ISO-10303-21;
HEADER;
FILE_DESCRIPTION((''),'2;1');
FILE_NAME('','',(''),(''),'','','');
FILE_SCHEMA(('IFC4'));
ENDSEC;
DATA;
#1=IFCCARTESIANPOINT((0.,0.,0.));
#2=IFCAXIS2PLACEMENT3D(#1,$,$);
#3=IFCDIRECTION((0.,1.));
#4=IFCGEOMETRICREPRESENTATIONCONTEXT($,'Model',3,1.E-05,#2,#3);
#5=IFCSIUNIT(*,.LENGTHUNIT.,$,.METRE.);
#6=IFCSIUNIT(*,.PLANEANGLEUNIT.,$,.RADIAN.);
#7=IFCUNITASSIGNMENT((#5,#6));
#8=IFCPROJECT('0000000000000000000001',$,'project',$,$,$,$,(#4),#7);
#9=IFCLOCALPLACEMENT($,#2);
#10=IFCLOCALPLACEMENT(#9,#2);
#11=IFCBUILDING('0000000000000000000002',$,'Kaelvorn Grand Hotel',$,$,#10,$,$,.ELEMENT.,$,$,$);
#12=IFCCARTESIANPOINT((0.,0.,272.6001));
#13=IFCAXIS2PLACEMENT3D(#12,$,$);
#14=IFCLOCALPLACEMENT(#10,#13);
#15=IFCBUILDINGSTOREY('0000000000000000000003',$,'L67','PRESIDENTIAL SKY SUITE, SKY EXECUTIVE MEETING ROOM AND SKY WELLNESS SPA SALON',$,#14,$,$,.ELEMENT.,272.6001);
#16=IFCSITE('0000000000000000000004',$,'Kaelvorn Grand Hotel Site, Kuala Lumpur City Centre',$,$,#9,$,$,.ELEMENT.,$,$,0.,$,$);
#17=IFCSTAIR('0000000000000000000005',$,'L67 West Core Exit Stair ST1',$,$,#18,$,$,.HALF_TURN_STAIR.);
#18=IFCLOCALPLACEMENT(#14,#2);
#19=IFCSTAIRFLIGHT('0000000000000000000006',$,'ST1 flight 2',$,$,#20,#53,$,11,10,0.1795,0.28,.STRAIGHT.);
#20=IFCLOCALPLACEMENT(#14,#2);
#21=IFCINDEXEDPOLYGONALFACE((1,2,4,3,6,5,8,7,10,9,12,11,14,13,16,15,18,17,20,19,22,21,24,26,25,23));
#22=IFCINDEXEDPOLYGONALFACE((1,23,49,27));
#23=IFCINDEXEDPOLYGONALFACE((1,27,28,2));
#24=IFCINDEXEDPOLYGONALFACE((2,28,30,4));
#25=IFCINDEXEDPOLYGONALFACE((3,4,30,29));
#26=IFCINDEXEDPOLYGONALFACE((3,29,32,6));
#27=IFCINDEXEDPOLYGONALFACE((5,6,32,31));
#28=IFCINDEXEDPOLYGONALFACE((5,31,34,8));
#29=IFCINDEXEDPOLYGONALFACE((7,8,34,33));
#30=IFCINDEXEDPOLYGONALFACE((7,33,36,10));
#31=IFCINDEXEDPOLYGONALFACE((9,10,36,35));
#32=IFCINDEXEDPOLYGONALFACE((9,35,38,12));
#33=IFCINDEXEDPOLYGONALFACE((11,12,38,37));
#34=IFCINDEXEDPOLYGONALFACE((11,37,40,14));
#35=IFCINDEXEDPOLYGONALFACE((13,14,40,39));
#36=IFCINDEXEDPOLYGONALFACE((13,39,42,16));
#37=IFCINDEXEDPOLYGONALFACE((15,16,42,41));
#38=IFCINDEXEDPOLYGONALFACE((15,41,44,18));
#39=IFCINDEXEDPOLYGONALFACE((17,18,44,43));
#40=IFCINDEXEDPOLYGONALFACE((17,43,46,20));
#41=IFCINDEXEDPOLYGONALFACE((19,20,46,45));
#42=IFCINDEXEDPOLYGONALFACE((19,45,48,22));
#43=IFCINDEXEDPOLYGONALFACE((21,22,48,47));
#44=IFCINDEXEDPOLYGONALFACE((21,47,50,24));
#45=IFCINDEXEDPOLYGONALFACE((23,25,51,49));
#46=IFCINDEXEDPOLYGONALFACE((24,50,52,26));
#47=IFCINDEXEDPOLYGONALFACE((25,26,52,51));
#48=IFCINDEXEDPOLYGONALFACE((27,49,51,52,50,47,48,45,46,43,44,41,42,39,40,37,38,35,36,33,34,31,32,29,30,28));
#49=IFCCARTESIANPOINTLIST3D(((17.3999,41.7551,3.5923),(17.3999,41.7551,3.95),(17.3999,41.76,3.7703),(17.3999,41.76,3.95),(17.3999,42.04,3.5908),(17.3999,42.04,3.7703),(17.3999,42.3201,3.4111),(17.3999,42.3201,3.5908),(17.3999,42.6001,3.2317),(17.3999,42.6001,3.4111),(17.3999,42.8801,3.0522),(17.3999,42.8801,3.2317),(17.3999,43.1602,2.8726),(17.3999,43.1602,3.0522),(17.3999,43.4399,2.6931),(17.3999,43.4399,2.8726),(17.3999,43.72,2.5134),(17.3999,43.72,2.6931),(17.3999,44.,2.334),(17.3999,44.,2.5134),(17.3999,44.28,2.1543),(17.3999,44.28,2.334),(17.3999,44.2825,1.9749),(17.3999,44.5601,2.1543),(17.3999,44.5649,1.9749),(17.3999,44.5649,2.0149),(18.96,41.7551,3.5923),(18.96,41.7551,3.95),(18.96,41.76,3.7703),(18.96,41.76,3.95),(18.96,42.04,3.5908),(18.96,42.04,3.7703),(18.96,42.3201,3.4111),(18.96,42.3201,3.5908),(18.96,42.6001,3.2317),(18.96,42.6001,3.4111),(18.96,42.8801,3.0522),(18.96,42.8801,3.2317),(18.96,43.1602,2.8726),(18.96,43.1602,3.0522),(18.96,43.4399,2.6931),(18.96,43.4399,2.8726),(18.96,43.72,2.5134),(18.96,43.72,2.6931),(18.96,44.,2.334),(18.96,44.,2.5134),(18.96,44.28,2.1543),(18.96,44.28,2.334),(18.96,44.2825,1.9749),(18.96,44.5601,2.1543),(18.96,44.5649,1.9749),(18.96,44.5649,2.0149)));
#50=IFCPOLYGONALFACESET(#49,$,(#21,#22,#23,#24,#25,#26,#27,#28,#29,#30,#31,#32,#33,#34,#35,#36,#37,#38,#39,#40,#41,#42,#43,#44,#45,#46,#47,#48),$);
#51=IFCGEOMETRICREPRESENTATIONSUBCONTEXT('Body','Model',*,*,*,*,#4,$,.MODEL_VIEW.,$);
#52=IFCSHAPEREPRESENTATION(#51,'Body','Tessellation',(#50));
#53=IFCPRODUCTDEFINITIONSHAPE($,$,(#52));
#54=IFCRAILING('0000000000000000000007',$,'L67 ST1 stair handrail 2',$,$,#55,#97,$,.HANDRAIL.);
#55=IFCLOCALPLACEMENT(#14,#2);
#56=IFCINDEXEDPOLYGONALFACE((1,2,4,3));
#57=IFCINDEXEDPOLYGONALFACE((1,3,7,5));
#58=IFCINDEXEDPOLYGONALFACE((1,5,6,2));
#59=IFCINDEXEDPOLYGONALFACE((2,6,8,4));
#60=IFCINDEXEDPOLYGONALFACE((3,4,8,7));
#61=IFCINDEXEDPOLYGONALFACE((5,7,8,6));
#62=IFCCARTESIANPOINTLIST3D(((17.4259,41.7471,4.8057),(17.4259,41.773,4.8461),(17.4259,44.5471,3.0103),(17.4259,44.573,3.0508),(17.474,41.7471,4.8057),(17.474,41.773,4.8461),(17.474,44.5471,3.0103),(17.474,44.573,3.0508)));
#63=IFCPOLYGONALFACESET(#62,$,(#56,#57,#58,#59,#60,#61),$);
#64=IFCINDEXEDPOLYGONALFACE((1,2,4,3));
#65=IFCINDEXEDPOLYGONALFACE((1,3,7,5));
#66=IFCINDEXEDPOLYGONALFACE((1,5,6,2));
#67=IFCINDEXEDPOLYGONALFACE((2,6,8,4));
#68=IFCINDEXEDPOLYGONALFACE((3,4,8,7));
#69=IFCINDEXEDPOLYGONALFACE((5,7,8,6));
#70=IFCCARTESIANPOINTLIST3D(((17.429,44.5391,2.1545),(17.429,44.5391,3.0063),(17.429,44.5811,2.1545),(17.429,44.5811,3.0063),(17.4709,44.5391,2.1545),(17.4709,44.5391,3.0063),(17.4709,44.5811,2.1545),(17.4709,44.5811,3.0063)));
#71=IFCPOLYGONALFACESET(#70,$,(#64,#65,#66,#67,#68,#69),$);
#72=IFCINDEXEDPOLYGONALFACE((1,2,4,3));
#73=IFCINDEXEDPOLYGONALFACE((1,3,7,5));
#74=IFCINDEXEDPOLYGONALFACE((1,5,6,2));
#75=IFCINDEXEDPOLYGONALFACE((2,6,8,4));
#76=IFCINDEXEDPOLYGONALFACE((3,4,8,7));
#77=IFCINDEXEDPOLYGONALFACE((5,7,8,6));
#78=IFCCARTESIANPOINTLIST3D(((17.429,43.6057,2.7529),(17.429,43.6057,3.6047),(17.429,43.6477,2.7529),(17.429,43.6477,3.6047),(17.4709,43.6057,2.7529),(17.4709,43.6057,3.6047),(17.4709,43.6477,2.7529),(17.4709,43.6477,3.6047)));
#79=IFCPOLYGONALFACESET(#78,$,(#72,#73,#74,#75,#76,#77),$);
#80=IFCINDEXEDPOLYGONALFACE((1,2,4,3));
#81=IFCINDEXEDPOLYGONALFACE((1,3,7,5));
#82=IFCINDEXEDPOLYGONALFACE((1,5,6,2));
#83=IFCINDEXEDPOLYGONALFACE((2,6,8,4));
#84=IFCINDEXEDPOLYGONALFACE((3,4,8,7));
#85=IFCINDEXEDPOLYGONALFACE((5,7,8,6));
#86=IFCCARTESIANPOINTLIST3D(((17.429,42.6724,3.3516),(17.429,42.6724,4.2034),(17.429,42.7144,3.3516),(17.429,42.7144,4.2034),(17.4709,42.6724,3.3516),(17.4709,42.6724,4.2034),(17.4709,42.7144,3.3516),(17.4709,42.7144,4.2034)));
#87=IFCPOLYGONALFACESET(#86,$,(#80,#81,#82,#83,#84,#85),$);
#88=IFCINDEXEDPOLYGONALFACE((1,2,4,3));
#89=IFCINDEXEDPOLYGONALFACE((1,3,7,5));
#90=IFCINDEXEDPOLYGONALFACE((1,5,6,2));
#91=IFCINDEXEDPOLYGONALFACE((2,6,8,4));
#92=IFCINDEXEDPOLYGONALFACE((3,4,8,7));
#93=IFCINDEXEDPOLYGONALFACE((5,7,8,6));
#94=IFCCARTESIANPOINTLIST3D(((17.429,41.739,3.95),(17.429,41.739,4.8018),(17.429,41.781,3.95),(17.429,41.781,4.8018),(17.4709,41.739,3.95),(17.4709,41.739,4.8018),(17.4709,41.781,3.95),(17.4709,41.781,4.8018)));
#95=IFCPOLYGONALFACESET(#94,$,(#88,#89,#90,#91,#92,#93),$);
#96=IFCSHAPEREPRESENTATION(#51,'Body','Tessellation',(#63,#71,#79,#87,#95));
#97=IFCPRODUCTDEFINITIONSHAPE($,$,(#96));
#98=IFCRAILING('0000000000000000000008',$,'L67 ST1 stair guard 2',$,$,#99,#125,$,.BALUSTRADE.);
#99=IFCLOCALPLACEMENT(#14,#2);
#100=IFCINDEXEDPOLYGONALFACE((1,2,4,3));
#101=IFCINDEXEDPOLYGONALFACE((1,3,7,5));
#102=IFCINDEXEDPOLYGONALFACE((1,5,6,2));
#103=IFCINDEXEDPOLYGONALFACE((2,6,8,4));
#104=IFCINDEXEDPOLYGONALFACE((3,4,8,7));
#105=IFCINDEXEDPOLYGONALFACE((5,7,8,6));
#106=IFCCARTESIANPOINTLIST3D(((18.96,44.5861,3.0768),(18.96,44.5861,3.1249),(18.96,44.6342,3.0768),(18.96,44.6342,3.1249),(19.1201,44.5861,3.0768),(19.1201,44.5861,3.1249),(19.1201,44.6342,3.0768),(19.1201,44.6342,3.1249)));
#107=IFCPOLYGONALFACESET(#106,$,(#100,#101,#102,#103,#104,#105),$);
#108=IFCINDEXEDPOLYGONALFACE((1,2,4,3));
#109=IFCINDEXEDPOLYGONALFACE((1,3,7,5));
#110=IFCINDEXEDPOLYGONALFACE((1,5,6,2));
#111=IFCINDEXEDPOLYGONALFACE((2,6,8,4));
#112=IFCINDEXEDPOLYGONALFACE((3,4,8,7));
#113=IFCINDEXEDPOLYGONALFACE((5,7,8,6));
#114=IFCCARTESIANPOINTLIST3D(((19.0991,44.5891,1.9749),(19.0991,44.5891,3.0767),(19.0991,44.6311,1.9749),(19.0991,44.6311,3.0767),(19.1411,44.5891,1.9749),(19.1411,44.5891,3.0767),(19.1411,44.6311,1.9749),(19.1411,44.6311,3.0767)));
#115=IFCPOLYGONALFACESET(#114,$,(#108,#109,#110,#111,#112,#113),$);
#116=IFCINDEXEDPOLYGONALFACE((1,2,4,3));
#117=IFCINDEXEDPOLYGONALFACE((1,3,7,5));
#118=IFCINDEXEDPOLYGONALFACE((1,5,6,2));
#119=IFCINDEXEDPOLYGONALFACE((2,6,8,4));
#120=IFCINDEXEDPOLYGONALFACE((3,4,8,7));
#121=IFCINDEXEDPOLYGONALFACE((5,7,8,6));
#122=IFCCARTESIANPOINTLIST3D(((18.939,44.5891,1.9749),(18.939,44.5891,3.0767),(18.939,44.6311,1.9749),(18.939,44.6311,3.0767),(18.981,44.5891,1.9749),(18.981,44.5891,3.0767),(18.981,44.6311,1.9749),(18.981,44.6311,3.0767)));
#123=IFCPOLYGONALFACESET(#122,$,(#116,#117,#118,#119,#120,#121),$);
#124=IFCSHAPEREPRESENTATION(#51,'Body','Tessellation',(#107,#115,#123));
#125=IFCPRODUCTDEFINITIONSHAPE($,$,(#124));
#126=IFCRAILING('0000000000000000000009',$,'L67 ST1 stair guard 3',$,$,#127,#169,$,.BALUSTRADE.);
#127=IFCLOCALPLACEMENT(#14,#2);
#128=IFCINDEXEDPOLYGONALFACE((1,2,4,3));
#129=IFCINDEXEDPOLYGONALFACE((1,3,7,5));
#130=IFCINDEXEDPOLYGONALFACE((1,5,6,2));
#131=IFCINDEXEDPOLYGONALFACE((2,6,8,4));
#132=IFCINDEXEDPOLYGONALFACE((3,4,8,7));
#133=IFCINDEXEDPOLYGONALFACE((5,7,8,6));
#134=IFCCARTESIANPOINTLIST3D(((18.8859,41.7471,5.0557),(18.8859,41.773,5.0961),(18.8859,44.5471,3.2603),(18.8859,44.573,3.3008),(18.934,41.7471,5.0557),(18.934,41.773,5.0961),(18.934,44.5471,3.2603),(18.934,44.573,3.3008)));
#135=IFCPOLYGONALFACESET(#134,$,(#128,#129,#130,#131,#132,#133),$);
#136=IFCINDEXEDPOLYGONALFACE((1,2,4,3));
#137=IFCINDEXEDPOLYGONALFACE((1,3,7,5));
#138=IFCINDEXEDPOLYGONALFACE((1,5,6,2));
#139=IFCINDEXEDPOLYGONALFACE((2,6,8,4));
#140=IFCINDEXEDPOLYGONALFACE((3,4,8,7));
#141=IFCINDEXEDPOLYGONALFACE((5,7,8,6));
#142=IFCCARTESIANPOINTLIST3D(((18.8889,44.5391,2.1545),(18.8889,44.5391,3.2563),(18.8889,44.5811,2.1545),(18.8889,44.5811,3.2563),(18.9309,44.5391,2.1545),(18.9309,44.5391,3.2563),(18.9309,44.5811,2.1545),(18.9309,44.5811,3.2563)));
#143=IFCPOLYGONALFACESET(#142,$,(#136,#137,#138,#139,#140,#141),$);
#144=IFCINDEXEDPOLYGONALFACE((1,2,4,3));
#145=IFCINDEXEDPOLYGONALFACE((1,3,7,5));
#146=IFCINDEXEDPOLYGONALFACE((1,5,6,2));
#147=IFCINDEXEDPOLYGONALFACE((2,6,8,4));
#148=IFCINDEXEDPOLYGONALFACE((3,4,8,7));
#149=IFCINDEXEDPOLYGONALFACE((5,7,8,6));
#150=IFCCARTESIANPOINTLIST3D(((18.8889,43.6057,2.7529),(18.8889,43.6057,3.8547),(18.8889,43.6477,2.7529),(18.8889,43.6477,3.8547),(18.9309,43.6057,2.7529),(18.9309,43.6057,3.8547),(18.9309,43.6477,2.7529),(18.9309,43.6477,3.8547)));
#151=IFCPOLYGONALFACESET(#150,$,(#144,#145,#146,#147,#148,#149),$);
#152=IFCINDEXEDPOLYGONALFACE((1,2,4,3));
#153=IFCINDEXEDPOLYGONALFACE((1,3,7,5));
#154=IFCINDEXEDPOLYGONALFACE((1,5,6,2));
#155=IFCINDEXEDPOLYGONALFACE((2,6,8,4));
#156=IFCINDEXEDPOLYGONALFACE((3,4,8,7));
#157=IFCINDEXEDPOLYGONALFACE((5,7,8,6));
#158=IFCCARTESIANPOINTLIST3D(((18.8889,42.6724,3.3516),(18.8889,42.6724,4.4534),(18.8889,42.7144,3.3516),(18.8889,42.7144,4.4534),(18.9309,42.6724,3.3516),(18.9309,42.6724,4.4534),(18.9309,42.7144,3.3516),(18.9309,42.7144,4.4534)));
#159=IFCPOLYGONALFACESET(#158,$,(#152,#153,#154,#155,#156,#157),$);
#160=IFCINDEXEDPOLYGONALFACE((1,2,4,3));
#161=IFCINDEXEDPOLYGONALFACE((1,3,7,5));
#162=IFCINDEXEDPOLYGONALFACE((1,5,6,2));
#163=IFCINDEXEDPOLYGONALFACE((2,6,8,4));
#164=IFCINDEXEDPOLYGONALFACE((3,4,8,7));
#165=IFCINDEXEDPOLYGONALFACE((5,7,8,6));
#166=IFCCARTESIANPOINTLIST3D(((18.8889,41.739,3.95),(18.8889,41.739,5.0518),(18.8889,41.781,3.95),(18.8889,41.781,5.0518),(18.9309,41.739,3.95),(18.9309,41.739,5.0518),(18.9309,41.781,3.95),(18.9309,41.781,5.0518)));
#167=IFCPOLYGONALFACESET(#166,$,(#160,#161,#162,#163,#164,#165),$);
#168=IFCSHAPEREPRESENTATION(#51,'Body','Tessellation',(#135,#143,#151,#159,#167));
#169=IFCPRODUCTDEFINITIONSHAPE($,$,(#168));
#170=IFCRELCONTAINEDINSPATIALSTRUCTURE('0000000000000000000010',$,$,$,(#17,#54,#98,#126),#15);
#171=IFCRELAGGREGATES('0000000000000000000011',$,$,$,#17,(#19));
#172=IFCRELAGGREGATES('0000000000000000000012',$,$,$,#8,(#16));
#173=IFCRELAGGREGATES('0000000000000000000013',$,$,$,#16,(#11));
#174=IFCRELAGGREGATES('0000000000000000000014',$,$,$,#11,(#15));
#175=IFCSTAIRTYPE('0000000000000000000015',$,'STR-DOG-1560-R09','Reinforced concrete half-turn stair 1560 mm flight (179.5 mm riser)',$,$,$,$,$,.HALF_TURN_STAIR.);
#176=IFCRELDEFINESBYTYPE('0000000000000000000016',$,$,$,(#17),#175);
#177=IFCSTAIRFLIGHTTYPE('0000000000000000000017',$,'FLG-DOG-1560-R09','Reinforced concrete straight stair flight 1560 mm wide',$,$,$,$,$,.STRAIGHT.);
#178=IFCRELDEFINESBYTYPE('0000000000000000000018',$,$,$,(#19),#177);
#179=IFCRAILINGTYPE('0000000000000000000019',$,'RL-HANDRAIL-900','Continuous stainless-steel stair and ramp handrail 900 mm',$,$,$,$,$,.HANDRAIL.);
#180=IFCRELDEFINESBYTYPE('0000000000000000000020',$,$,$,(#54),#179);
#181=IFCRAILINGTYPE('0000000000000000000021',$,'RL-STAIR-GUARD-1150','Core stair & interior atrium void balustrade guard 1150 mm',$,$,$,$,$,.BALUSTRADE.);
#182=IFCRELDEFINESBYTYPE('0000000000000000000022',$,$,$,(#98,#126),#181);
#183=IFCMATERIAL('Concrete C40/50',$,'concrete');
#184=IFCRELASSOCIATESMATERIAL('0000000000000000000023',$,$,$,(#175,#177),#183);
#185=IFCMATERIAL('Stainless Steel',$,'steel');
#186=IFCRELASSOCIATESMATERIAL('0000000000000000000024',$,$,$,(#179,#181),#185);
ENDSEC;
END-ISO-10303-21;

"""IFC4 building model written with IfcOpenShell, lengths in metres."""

from ifc_helpers import new_model, si_unit, direction, frame, origin, origin_2d, place, context, subcontext, project, spatial, polyline, rectangle, outline, extrude, material, type_object, element, aggregate, save


model = new_model("IFC4")

# Units and contexts
model_context = context("Model", 3, precision=1e-05, world=origin(), true_north=direction((0.0, 1.0)))
body_context = subcontext(model_context, "Body", "Model", "MODEL_VIEW")
ifc_project = project(units=[si_unit("LENGTHUNIT", "METRE"), si_unit("PLANEANGLEUNIT", "RADIAN")], contexts=[model_context])

# Site, building, storey
site_placement = place(None, origin())
site = spatial("IfcSite", under=ifc_project, at=site_placement, Name="Kaelvorn Grand Hotel Site, Kuala Lumpur City Centre", CompositionType="ELEMENT", RefElevation=0.0)
building_placement = place(site_placement, origin())
building = spatial("IfcBuilding", under=site, at=building_placement, Name="Kaelvorn Grand Hotel", CompositionType="ELEMENT")
storey_placement = place(building_placement, frame((0.0, 0.0, 272.6001)))
storey = spatial("IfcBuildingStorey", under=building, at=storey_placement, Name="L67", Description="PRESIDENTIAL SKY SUITE, SKY EXECUTIVE MEETING ROOM AND SKY WELLNESS SPA SALON", CompositionType="ELEMENT", Elevation=272.6001)

# Shared definitions
ifc_material_1 = material(Name="Concrete C40/50", Category="concrete")

# Stair, stair flight
stair_type = type_object("IfcStairType", Name="STR-DOG-1560-R09", Description="Reinforced concrete half-turn stair 1560 mm flight (179.5 mm riser)", PredefinedType="HALF_TURN_STAIR", material=ifc_material_1)
stair_placement = place(storey_placement, origin())
stair = element("IfcStair", 1, at=stair_placement, inside=storey, type_object=stair_type, Name="L67 West Core Exit Stair ST1", PredefinedType="HALF_TURN_STAIR")
stair_flight_type = type_object("IfcStairFlightType", Name="FLG-DOG-1560-R09", Description="Reinforced concrete straight stair flight 1560 mm wide", PredefinedType="STRAIGHT", material=ifc_material_1)
stair_flight_placement = place(storey_placement, frame((18.1799, 44.5601, 1.9749), z_axis=(0.0, 0.0, 1.0), x_axis=(0.0, -1.0, 0.0)))
stair_flight = element("IfcStairFlight", 2, at=stair_flight_placement, type_object=stair_flight_type, Name="ST1 flight 2", NumberOfRisers=11, NumberOfTreads=10, PredefinedType="STRAIGHT", RiserHeight=0.1795, TreadLength=0.28, context=body_context, shape_type="SweptSolid", body=[
    extrude(outline(polyline([(-0.0049, 0.0), (-0.0049, 0.04), (0.0, 0.1794), (0.28, 0.1794), (0.28, 0.3591), (0.5601, 0.3591), (0.5601, 0.5386), (0.8401, 0.5386), (0.8401, 0.7183), (1.1201, 0.7183), (1.1201, 0.8977), (1.3999, 0.8977), (1.3999, 1.0774), (1.6799, 1.0774), (1.6799, 1.2568), (1.96, 1.2568), (1.96, 1.4363), (2.24, 1.4363), (2.24, 1.616), (2.52, 1.616), (2.52, 1.7954), (2.8, 1.7954), (2.8, 1.9751), (2.8049, 1.9751), (2.8049, 1.6174), (0.2776, 0.0), (-0.0049, 0.0)])), frame((0.0, 0.78, 0.0), z_axis=(0.0, -1.0, 0.0), x_axis=(1.0, 0.0, 0.0)), (0.0, 0.0, 1.0), 1.5601),
])
aggregate(stair, [stair_flight])

# Railings
ifc_material_2 = material(Name="Stainless Steel", Category="steel")
railing_type_1 = type_object("IfcRailingType", Name="RL-HANDRAIL-900", Description="Continuous stainless-steel stair and ramp handrail 900 mm", PredefinedType="HANDRAIL", material=ifc_material_2)
railing_1_placement = place(storey_placement, frame((17.45, 44.5601, 2.1545)))
element("IfcRailing", 3, at=railing_1_placement, inside=storey, type_object=railing_type_1, Name="L67 ST1 stair handrail 2", PredefinedType="HANDRAIL", context=body_context, shape_type="SweptSolid", body=[
    extrude(rectangle(XDim=0.0481, YDim=0.0481, at=origin_2d()), frame((0.0, 0.0, 0.876), z_axis=(0.0, -0.84181, 0.539774), x_axis=(1.0, 0.0, 0.0)), (0.0, 0.0, 1.0), 3.3262),
    extrude(rectangle(XDim=0.042, YDim=0.042, at=origin_2d()), origin(), (0.0, 0.0, 1.0), 0.8518),
    extrude(rectangle(XDim=0.042, YDim=0.042, at=origin_2d()), frame((0.0, -0.9333, 0.5984)), (0.0, 0.0, 1.0), 0.8518),
    extrude(rectangle(XDim=0.042, YDim=0.042, at=origin_2d()), frame((0.0, -1.8667, 1.197)), (0.0, 0.0, 1.0), 0.8518),
    extrude(rectangle(XDim=0.042, YDim=0.042, at=origin_2d()), frame((0.0, -2.8, 1.7954)), (0.0, 0.0, 1.0), 0.8518),
])
railing_type_2 = type_object("IfcRailingType", Name="RL-STAIR-GUARD-1150", Description="Core stair & interior atrium void balustrade guard 1150 mm", PredefinedType="BALUSTRADE", material=ifc_material_2)
railing_2_placement = place(storey_placement, frame((19.1201, 44.6101, 1.9749)))
element("IfcRailing", 4, at=railing_2_placement, inside=storey, type_object=railing_type_2, Name="L67 ST1 stair guard 2", PredefinedType="BALUSTRADE", context=body_context, shape_type="SweptSolid", body=[
    extrude(rectangle(XDim=0.0481, YDim=0.0481, at=origin_2d()), frame((0.0, 0.0, 1.126), z_axis=(-1.0, 0.0, 0.0), x_axis=(0.0, -1.0, 0.0)), (0.0, 0.0, 1.0), 0.1602),
    extrude(rectangle(XDim=0.042, YDim=0.042, at=origin_2d()), origin(), (0.0, 0.0, 1.0), 1.1018),
    extrude(rectangle(XDim=0.042, YDim=0.042, at=origin_2d()), frame((-0.1602, 0.0, 0.0)), (0.0, 0.0, 1.0), 1.1018),
])
railing_3_placement = place(storey_placement, frame((18.9099, 44.5601, 2.1545)))
element("IfcRailing", 5, at=railing_3_placement, inside=storey, type_object=railing_type_2, Name="L67 ST1 stair guard 3", PredefinedType="BALUSTRADE", context=body_context, shape_type="SweptSolid", body=[
    extrude(rectangle(XDim=0.0481, YDim=0.0481, at=origin_2d()), frame((0.0, 0.0, 1.126), z_axis=(0.0, -0.84181, 0.539774), x_axis=(1.0, 0.0, 0.0)), (0.0, 0.0, 1.0), 3.3262),
    extrude(rectangle(XDim=0.042, YDim=0.042, at=origin_2d()), origin(), (0.0, 0.0, 1.0), 1.1018),
    extrude(rectangle(XDim=0.042, YDim=0.042, at=origin_2d()), frame((0.0, -0.9333, 0.5984)), (0.0, 0.0, 1.0), 1.1018),
    extrude(rectangle(XDim=0.042, YDim=0.042, at=origin_2d()), frame((0.0, -1.8667, 1.197)), (0.0, 0.0, 1.0), 1.1018),
    extrude(rectangle(XDim=0.042, YDim=0.042, at=origin_2d()), frame((0.0, -2.8, 1.7954)), (0.0, 0.0, 1.0), 1.1018),
])

save(model, "model.ifc")
